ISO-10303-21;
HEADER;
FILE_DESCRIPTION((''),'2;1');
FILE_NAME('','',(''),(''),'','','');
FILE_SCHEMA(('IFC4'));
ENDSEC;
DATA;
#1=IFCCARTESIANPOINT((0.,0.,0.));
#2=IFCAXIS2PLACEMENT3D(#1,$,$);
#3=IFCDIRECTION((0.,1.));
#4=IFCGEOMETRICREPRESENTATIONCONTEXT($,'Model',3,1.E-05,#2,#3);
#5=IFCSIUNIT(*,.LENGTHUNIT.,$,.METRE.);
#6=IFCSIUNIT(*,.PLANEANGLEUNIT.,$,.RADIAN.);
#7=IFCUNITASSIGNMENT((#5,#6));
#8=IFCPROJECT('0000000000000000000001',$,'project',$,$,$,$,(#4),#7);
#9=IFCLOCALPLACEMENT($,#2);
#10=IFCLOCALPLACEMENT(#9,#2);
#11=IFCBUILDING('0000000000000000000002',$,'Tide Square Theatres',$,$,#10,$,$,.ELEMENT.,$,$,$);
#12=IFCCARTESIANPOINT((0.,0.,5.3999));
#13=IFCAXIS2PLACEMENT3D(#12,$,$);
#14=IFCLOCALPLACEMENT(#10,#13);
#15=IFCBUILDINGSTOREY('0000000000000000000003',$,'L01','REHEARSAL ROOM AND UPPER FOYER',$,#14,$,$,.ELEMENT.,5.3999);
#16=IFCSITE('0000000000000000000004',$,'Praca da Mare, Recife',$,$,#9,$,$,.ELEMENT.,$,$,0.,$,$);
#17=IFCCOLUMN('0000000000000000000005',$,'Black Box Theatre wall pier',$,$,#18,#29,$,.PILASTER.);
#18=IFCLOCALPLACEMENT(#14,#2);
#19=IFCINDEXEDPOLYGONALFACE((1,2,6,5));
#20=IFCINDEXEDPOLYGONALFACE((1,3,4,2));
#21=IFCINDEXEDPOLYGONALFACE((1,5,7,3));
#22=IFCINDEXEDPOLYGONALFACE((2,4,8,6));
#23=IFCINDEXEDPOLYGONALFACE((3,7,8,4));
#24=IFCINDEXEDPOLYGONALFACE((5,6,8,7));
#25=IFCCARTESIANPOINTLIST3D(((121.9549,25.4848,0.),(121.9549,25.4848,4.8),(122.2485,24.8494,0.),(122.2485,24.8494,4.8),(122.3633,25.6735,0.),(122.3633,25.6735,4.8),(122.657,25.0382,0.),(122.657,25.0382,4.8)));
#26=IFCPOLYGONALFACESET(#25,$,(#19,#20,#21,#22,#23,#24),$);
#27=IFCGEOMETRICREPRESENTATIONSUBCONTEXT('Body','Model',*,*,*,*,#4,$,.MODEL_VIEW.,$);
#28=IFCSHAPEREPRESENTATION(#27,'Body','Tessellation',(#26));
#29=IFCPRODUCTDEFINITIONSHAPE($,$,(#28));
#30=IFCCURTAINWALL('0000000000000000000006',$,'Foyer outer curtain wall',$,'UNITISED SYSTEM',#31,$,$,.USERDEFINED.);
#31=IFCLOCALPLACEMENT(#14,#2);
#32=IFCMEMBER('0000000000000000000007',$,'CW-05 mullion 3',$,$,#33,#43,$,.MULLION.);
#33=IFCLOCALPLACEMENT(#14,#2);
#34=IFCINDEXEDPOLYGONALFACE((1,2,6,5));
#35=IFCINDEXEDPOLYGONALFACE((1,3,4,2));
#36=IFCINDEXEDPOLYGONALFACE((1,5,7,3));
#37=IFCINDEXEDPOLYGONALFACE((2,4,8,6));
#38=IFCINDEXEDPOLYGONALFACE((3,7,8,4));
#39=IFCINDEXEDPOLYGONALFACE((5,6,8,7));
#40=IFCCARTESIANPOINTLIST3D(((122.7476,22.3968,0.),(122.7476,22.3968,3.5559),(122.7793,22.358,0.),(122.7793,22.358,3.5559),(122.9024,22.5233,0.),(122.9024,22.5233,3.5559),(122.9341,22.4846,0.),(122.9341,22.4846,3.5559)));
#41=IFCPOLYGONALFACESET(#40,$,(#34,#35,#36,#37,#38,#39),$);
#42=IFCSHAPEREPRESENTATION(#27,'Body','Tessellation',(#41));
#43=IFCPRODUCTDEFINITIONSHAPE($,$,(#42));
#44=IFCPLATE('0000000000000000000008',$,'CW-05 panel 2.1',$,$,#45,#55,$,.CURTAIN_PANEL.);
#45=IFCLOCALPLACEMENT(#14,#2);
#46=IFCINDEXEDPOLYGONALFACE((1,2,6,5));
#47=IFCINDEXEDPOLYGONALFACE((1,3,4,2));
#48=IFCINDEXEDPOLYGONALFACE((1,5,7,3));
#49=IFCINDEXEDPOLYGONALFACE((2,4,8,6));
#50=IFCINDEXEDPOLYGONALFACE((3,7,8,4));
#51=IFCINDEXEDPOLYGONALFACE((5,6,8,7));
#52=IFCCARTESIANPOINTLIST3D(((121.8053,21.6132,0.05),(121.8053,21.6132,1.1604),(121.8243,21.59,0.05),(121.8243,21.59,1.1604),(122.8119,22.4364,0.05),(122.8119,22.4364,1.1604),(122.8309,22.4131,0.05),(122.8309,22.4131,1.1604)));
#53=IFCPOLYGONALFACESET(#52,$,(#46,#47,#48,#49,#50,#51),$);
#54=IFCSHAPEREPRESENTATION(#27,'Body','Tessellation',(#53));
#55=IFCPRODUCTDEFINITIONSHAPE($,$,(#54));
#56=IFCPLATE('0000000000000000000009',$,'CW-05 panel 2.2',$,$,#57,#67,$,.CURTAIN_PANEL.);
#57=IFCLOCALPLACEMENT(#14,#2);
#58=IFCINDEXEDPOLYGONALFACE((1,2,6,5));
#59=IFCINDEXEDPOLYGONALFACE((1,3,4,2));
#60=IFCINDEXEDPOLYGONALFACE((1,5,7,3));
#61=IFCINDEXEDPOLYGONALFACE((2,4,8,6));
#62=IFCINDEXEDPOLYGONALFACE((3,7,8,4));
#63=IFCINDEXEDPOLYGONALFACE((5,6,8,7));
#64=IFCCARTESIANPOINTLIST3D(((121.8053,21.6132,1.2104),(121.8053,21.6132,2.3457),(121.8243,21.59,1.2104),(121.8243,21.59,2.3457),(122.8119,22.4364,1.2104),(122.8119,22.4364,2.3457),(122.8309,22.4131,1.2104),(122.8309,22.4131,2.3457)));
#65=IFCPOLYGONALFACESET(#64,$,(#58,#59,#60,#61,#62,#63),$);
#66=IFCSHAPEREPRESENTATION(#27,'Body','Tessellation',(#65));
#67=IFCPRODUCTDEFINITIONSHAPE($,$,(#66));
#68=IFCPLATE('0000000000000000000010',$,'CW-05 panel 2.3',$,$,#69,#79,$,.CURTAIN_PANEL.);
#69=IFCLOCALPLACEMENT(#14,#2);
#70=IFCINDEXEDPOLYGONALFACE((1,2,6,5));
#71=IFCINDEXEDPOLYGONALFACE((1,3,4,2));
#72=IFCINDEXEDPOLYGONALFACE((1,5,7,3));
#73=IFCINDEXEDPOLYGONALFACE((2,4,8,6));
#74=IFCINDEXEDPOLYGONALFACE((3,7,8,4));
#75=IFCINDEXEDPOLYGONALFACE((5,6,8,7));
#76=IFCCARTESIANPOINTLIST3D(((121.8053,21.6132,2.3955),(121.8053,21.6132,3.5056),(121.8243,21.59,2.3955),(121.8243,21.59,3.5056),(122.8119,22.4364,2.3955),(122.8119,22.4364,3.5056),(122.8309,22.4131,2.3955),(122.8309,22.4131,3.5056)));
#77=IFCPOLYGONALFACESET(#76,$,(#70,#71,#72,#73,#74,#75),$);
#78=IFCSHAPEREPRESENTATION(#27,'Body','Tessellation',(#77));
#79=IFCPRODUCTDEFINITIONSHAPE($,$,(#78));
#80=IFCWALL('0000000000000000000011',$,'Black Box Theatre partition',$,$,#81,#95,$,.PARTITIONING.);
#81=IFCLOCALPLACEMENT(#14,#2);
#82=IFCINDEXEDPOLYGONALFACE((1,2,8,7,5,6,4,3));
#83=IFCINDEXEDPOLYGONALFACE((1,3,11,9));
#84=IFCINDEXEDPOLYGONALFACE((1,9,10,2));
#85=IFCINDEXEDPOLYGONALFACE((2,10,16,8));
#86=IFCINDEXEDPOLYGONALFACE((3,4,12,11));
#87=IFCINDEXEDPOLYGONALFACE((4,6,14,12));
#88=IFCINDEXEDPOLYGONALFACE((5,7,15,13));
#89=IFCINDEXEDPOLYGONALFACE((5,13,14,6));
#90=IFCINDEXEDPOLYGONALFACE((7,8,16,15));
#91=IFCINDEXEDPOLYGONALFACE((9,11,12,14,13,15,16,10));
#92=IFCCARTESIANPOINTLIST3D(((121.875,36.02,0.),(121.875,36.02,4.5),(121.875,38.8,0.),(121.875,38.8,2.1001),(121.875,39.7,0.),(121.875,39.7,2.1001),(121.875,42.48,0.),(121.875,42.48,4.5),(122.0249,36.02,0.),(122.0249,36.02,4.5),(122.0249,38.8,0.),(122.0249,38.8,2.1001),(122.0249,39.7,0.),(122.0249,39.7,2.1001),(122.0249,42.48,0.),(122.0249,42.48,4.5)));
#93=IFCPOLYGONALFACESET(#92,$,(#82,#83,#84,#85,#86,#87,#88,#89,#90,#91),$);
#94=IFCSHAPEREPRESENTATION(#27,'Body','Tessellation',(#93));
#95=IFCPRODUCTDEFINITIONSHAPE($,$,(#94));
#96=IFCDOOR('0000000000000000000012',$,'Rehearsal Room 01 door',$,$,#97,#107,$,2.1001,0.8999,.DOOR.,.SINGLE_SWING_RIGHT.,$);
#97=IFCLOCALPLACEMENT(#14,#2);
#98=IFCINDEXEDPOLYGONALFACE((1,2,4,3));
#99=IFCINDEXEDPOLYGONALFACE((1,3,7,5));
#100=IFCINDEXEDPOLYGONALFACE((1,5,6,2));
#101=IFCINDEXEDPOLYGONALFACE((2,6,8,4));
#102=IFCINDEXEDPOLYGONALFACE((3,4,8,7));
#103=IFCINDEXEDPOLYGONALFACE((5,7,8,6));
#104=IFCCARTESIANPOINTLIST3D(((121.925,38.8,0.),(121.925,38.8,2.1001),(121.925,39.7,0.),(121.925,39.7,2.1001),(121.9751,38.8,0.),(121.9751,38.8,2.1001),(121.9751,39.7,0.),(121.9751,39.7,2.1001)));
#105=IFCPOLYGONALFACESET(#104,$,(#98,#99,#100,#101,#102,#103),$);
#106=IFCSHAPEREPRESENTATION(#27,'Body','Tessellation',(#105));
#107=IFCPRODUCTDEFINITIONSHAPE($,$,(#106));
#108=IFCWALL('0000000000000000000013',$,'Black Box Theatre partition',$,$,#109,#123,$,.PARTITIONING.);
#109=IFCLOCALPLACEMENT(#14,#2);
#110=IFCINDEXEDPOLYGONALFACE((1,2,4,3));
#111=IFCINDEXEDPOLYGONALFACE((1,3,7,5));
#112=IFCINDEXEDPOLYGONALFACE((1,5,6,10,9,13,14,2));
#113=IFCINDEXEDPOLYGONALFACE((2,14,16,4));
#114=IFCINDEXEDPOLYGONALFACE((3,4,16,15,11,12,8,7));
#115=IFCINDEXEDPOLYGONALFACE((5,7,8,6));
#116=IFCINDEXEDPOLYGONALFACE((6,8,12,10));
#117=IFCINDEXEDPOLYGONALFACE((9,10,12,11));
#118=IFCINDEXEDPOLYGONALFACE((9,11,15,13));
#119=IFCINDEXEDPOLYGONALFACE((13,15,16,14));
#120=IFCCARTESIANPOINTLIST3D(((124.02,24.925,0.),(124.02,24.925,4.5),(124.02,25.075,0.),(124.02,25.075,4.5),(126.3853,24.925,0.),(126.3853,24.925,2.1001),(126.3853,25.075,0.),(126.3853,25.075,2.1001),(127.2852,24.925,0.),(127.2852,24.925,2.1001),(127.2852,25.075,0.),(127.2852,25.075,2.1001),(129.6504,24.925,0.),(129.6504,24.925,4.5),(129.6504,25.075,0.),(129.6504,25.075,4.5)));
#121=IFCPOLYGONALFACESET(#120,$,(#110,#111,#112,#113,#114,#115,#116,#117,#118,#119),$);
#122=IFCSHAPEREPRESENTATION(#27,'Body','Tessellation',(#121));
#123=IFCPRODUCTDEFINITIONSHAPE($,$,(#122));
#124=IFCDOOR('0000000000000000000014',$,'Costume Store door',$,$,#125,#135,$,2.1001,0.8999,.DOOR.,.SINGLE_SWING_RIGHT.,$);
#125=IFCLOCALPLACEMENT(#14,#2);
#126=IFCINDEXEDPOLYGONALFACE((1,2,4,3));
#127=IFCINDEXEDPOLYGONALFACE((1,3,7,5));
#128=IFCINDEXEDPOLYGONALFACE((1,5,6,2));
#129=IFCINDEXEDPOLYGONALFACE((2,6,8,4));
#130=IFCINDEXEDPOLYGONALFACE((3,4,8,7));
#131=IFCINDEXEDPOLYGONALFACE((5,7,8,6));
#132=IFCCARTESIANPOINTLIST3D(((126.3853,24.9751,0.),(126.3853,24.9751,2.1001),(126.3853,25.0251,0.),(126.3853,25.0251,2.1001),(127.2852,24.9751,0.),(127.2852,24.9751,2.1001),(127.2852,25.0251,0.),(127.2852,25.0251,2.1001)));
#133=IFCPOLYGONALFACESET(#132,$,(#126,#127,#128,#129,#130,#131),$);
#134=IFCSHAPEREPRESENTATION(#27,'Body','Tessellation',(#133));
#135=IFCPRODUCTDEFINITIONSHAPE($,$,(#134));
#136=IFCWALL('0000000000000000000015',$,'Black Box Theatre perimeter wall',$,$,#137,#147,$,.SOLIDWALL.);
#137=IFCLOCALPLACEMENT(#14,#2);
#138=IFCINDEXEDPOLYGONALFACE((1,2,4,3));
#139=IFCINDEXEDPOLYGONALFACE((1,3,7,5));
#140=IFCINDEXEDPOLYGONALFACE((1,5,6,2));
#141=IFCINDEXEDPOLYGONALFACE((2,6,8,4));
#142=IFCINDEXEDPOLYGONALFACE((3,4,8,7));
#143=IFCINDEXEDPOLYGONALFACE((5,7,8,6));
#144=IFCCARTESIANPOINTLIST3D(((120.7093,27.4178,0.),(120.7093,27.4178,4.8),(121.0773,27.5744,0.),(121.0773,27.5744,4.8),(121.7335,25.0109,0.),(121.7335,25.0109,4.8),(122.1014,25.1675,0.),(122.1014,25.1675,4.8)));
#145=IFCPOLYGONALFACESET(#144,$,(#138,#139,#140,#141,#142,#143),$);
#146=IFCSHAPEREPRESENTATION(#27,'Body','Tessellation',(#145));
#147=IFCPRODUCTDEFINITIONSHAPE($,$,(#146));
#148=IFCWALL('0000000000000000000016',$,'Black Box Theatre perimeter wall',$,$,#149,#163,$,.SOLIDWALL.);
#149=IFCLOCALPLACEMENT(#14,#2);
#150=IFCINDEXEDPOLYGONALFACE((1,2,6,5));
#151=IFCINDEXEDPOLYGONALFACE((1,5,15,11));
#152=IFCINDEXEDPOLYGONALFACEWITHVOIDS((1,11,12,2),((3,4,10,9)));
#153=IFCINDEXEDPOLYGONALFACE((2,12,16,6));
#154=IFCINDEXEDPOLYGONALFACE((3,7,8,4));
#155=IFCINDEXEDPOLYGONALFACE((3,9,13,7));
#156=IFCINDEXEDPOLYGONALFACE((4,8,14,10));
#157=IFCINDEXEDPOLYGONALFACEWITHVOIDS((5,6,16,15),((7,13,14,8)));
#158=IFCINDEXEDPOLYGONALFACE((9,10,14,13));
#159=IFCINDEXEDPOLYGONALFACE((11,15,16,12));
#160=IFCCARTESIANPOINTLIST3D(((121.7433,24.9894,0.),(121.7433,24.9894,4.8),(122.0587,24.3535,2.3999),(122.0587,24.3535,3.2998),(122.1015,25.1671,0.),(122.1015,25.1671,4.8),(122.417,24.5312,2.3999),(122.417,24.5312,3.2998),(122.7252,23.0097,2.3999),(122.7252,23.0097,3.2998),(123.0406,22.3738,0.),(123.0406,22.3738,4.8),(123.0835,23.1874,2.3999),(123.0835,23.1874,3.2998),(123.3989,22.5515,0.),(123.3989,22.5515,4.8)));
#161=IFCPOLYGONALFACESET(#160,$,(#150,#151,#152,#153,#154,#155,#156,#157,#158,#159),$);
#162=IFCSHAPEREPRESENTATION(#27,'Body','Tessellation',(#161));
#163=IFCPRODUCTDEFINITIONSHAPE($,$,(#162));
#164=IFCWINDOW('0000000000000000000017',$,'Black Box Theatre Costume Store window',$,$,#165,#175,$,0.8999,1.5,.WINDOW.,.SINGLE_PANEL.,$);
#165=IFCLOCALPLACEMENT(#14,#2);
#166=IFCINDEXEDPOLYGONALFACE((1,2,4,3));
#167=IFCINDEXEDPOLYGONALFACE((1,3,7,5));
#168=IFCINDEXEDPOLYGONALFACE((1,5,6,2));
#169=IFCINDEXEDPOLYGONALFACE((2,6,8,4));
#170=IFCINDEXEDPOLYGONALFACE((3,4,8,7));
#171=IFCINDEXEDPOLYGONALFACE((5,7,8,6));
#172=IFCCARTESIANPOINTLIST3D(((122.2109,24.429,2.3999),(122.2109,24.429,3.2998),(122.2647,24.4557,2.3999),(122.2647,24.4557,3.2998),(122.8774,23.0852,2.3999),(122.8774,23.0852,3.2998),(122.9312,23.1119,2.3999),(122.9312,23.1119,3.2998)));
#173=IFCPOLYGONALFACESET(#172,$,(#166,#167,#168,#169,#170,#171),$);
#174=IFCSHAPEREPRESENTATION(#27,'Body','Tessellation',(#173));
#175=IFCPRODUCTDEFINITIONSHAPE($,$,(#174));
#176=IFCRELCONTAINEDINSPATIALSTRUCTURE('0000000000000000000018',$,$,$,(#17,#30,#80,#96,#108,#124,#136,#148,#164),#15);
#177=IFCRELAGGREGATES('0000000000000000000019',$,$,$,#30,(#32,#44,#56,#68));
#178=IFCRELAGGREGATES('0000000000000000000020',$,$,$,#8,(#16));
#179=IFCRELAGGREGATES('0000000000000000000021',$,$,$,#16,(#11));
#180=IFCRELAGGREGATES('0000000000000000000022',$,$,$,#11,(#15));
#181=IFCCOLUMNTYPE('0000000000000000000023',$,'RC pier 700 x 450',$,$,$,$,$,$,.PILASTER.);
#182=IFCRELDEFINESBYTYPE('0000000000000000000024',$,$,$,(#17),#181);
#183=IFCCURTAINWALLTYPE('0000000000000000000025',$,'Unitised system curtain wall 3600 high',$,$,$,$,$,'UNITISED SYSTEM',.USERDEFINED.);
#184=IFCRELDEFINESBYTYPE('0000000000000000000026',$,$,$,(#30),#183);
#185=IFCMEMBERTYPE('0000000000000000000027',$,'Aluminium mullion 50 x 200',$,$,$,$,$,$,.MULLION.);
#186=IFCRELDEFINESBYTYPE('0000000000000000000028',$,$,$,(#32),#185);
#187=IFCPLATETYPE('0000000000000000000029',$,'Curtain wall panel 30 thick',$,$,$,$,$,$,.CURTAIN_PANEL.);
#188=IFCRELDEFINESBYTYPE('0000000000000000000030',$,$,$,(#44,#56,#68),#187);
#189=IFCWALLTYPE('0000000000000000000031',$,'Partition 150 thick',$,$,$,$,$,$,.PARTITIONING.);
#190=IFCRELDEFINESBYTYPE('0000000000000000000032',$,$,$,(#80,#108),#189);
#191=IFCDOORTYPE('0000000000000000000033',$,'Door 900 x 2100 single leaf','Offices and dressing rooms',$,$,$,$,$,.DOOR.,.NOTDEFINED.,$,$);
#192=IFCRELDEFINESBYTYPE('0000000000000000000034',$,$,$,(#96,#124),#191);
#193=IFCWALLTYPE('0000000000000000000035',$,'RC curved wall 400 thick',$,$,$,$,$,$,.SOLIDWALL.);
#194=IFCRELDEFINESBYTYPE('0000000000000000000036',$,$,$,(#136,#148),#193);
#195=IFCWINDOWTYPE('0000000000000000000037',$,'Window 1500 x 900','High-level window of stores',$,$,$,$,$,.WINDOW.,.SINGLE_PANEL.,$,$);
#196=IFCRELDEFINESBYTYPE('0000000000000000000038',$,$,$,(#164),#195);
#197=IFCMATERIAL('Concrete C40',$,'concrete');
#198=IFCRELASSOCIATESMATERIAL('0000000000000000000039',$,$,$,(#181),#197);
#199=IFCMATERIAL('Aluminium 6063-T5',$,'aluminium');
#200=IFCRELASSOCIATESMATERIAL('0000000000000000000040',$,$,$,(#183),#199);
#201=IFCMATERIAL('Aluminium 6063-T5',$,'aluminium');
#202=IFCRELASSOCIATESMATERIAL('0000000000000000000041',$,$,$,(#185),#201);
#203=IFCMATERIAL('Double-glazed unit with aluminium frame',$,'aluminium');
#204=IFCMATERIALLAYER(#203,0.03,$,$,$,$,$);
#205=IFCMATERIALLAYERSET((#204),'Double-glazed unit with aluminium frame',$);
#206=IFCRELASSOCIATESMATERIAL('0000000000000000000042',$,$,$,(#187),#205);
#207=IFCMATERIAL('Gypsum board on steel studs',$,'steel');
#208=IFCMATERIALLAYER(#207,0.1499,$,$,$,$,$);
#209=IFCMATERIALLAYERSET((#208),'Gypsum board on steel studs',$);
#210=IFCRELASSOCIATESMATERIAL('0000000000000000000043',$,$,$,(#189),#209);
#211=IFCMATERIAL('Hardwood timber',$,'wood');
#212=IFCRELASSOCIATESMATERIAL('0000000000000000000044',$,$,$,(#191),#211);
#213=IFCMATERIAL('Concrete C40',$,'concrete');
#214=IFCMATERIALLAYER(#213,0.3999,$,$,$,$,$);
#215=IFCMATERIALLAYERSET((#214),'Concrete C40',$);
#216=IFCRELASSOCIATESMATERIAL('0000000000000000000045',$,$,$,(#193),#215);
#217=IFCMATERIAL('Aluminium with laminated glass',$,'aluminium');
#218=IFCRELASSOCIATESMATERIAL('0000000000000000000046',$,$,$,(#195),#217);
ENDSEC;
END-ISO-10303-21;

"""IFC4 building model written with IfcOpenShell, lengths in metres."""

from ifc_helpers import new_model, si_unit, direction, frame, frame_2d, origin, origin_2d, place, context, subcontext, project, spatial, rectangle, extrude, material, layer, layer_set, material_profile, profile_set, type_object, element, fill, aggregate, save


model = new_model("IFC4")

# Units and contexts
model_context = context("Model", 3, precision=1e-05, world=origin(), true_north=direction((0.0, 1.0)))
body_context = subcontext(model_context, "Body", "Model", "MODEL_VIEW")
ifc_project = project(units=[si_unit("LENGTHUNIT", "METRE"), si_unit("PLANEANGLEUNIT", "RADIAN")], contexts=[model_context])

# Site, building, storey
site_placement = place(None, origin())
site = spatial("IfcSite", under=ifc_project, at=site_placement, Name="Praca da Mare, Recife", CompositionType="ELEMENT", RefElevation=0.0)
building_placement = place(site_placement, origin())
building = spatial("IfcBuilding", under=site, at=building_placement, Name="Tide Square Theatres", CompositionType="ELEMENT")
storey_placement = place(building_placement, frame((0.0, 0.0, 5.3999)))
storey = spatial("IfcBuildingStorey", under=building, at=storey_placement, Name="L01", Description="REHEARSAL ROOM AND UPPER FOYER", CompositionType="ELEMENT", Elevation=5.3999)

# Column
ifc_material_1 = material(Name="Concrete C40", Category="concrete")
ifc_material_profile_1 = material_profile(ifc_material_1, rectangle(XDim=0.7, YDim=0.45, at=origin_2d()))
ifc_profile_set_1 = profile_set([ifc_material_profile_1], Name="Concrete C40")
column_type = type_object("IfcColumnType", Name="RC pier 700 x 450", PredefinedType="PILASTER", material=ifc_profile_set_1)
column_placement = place(storey_placement, frame((122.3059, 25.2615, 0.0), z_axis=(0.0, 0.0, 1.0), x_axis=(0.41956, -0.907728, 0.0)))
element("IfcColumn", 1, at=column_placement, inside=storey, type_object=column_type, Name="Black Box Theatre wall pier", PredefinedType="PILASTER", context=body_context, shape_type="SweptSolid", body=[
    extrude(rectangle(XDim=0.7, YDim=0.45, at=origin_2d()), origin(), (0.0, 0.0, 1.0), 4.8),
])

# Curtain wall, member, plates
ifc_material_2 = material(Name="Aluminium 6063-T5", Category="aluminium")
curtain_wall_type = type_object("IfcCurtainWallType", Name="Unitised system curtain wall 3600 high", ElementType="UNITISED SYSTEM", PredefinedType="USERDEFINED", material=ifc_material_2)
curtain_wall_placement = place(storey_placement, origin())
curtain_wall = element("IfcCurtainWall", 2, at=curtain_wall_placement, inside=storey, type_object=curtain_wall_type, Name="Foyer outer curtain wall", ObjectType="UNITISED SYSTEM", PredefinedType="USERDEFINED")
ifc_material_3 = material(Name="Aluminium 6063-T5", Category="aluminium")
ifc_material_profile_2 = material_profile(ifc_material_3, rectangle(XDim=0.05, YDim=0.2, at=origin_2d()))
ifc_profile_set_2 = profile_set([ifc_material_profile_2], Name="Aluminium 6063-T5")
member_type = type_object("IfcMemberType", Name="Aluminium mullion 50 x 200", PredefinedType="MULLION", material=ifc_profile_set_2)
member_placement = place(storey_placement, frame((122.8408, 22.4407, 0.0), z_axis=(0.0, 0.0, 1.0), x_axis=(-0.633026, 0.774131, 0.0)))
member = element("IfcMember", 3, at=member_placement, type_object=member_type, Name="CW-05 mullion 3", PredefinedType="MULLION", context=body_context, shape_type="SweptSolid", body=[
    extrude(rectangle(XDim=0.05, YDim=0.2, at=origin_2d()), origin(), (0.0, 0.0, 1.0), 3.5559),
])
ifc_material_4 = material(Name="Double-glazed unit with aluminium frame", Category="aluminium")
ifc_layer_1 = layer(ifc_material_4, 0.03)
ifc_layer_set_1 = layer_set([ifc_layer_1], Name="Double-glazed unit with aluminium frame")
plate_type = type_object("IfcPlateType", Name="Curtain wall panel 30 thick", PredefinedType="CURTAIN_PANEL", material=ifc_layer_set_1)
plate_1_placement = place(storey_placement, frame((122.3181, 22.0132, 0.05), z_axis=(0.0, 0.0, 1.0), x_axis=(0.774131, 0.633026, 0.0)))
plate_1 = element("IfcPlate", 4, at=plate_1_placement, type_object=plate_type, Name="CW-05 panel 2.1", PredefinedType="CURTAIN_PANEL", context=body_context, shape_type="SweptSolid", body=[
    extrude(rectangle(XDim=1.3003, YDim=0.03, at=origin_2d()), origin(), (0.0, 0.0, 1.0), 1.1104),
])
plate_2_placement = place(storey_placement, frame((122.3181, 22.0132, 1.2104), z_axis=(0.0, 0.0, 1.0), x_axis=(0.774131, 0.633026, 0.0)))
plate_2 = element("IfcPlate", 5, at=plate_2_placement, type_object=plate_type, Name="CW-05 panel 2.2", PredefinedType="CURTAIN_PANEL", context=body_context, shape_type="SweptSolid", body=[
    extrude(rectangle(XDim=1.3003, YDim=0.03, at=origin_2d()), origin(), (0.0, 0.0, 1.0), 1.1353),
])
plate_3_placement = place(storey_placement, frame((122.3181, 22.0132, 2.3955), z_axis=(0.0, 0.0, 1.0), x_axis=(0.774131, 0.633026, 0.0)))
plate_3 = element("IfcPlate", 6, at=plate_3_placement, type_object=plate_type, Name="CW-05 panel 2.3", PredefinedType="CURTAIN_PANEL", context=body_context, shape_type="SweptSolid", body=[
    extrude(rectangle(XDim=1.3003, YDim=0.03, at=origin_2d()), origin(), (0.0, 0.0, 1.0), 1.1101),
])
aggregate(curtain_wall, [member, plate_1, plate_2, plate_3])

# Walls, openings, doors
ifc_material_5 = material(Name="Gypsum board on steel studs", Category="steel")
ifc_layer_2 = layer(ifc_material_5, 0.1499)
ifc_layer_set_2 = layer_set([ifc_layer_2], Name="Gypsum board on steel studs")
wall_type_1 = type_object("IfcWallType", Name="Partition 150 thick", PredefinedType="PARTITIONING", material=ifc_layer_set_2)
wall_1_placement = place(storey_placement, frame((121.95, 36.02, 0.0), z_axis=(0.0, 0.0, 1.0), x_axis=(0.0, 1.0, 0.0)))
wall_1 = element("IfcWall", 7, at=wall_1_placement, inside=storey, type_object=wall_type_1, Name="Black Box Theatre partition", PredefinedType="PARTITIONING", context=body_context, shape_type="SweptSolid", body=[
    extrude(rectangle(XDim=6.46, YDim=0.1499, at=frame_2d((3.23, 0.0))), origin(), (0.0, 0.0, 1.0), 4.5),
])
opening_1_placement = place(wall_1_placement, frame((2.78, 0.0, 0.0)))
opening_1 = element("IfcOpeningElement", 8, at=opening_1_placement, cuts=wall_1, PredefinedType="OPENING", context=body_context, shape_type="SweptSolid", body=[
    extrude(rectangle(XDim=0.8999, YDim=2.1001, at=frame_2d((0.45, 1.05))), frame((0.0, 0.085, 0.0), z_axis=(0.0, -1.0, 0.0), x_axis=(1.0, 0.0, 0.0)), (0.0, 0.0, 1.0), 0.1699),
])
ifc_material_6 = material(Name="Hardwood timber", Category="wood")
door_type_1 = type_object("IfcDoorType", Name="Door 900 x 2100 single leaf", Description="Offices and dressing rooms", OperationType="NOTDEFINED", PredefinedType="DOOR", material=ifc_material_6)
door_1_placement = place(opening_1_placement, origin())
door_1 = element("IfcDoor", 9, at=door_1_placement, inside=storey, type_object=door_type_1, Name="Rehearsal Room 01 door", OperationType="SINGLE_SWING_RIGHT", OverallHeight=2.1001, OverallWidth=0.8999, PredefinedType="DOOR", context=body_context, shape_type="SweptSolid", body=[
    extrude(rectangle(XDim=0.8999, YDim=2.1001, at=frame_2d((0.45, 1.05))), frame((0.0, 0.0249, 0.0), z_axis=(0.0, -1.0, 0.0), x_axis=(1.0, 0.0, 0.0)), (0.0, 0.0, 1.0), 0.05),
])
fill(opening_1, door_1)
wall_2_placement = place(storey_placement, frame((129.6504, 25.0, 0.0), z_axis=(0.0, 0.0, 1.0), x_axis=(-1.0, 0.0, 0.0)))
wall_2 = element("IfcWall", 10, at=wall_2_placement, inside=storey, type_object=wall_type_1, Name="Black Box Theatre partition", PredefinedType="PARTITIONING", context=body_context, shape_type="SweptSolid", body=[
    extrude(rectangle(XDim=5.6304, YDim=0.1499, at=frame_2d((2.8152, 0.0))), origin(), (0.0, 0.0, 1.0), 4.5),
])
opening_2_placement = place(wall_2_placement, frame((2.3652, 0.0, 0.0)))
opening_2 = element("IfcOpeningElement", 11, at=opening_2_placement, cuts=wall_2, PredefinedType="OPENING", context=body_context, shape_type="SweptSolid", body=[
    extrude(rectangle(XDim=0.8999, YDim=2.1001, at=frame_2d((0.45, 1.05))), frame((0.0, 0.085, 0.0), z_axis=(0.0, -1.0, 0.0), x_axis=(1.0, 0.0, 0.0)), (0.0, 0.0, 1.0), 0.1699),
])
door_2_placement = place(opening_2_placement, origin())
door_2 = element("IfcDoor", 12, at=door_2_placement, inside=storey, type_object=door_type_1, Name="Costume Store door", OperationType="SINGLE_SWING_RIGHT", OverallHeight=2.1001, OverallWidth=0.8999, PredefinedType="DOOR", context=body_context, shape_type="SweptSolid", body=[
    extrude(rectangle(XDim=0.8999, YDim=2.1001, at=frame_2d((0.45, 1.05))), frame((0.0, 0.0249, 0.0), z_axis=(0.0, -1.0, 0.0), x_axis=(1.0, 0.0, 0.0)), (0.0, 0.0, 1.0), 0.05),
])
fill(opening_2, door_2)

# Wall
ifc_material_7 = material(Name="Concrete C40", Category="concrete")
ifc_layer_3 = layer(ifc_material_7, 0.3999)
ifc_layer_set_3 = layer_set([ifc_layer_3], Name="Concrete C40")
wall_type_2 = type_object("IfcWallType", Name="RC curved wall 400 thick", PredefinedType="SOLIDWALL", material=ifc_layer_set_3)
wall_3_placement = place(storey_placement, frame((120.8933, 27.4961, 0.0), z_axis=(0.0, 0.0, 1.0), x_axis=(0.39153, -0.920165, 0.0)))
element("IfcWall", 13, at=wall_3_placement, inside=storey, type_object=wall_type_2, Name="Black Box Theatre perimeter wall", PredefinedType="SOLIDWALL", context=body_context, shape_type="SweptSolid", body=[
    extrude(rectangle(XDim=2.6157, YDim=0.3999, at=frame_2d((1.3079, 0.0))), origin(), (0.0, 0.0, 1.0), 4.8),
])

# Wall, opening, window
wall_4_placement = place(storey_placement, frame((121.9224, 25.0784, 0.0), z_axis=(0.0, 0.0, 1.0), x_axis=(0.444335, -0.895861, 0.0)))
wall_4 = element("IfcWall", 14, at=wall_4_placement, inside=storey, type_object=wall_type_2, Name="Black Box Theatre perimeter wall", PredefinedType="SOLIDWALL", context=body_context, shape_type="SweptSolid", body=[
    extrude(rectangle(XDim=2.9197, YDim=0.3999, at=frame_2d((1.46, 0.0))), origin(), (0.0, 0.0, 1.0), 4.8),
])
opening_3_placement = place(wall_4_placement, frame((0.71, 0.0, 2.3999)))
opening_3 = element("IfcOpeningElement", 15, at=opening_3_placement, cuts=wall_4, PredefinedType="OPENING", context=body_context, shape_type="SweptSolid", body=[
    extrude(rectangle(XDim=1.5, YDim=0.8999, at=frame_2d((0.75, 0.45))), frame((0.0, 0.21, 0.0), z_axis=(0.0, -1.0, 0.0), x_axis=(1.0, 0.0, 0.0)), (0.0, 0.0, 1.0), 0.4199),
])
ifc_material_8 = material(Name="Aluminium with laminated glass", Category="aluminium")
window_type = type_object("IfcWindowType", Name="Window 1500 x 900", Description="High-level window of stores", PartitioningType="SINGLE_PANEL", PredefinedType="WINDOW", material=ifc_material_8)
window_1_placement = place(opening_3_placement, origin())
window_1 = element("IfcWindow", 16, at=window_1_placement, inside=storey, type_object=window_type, Name="Black Box Theatre Costume Store window", OverallHeight=0.8999, OverallWidth=1.5, PartitioningType="SINGLE_PANEL", PredefinedType="WINDOW", context=body_context, shape_type="SweptSolid", body=[
    extrude(rectangle(XDim=1.5, YDim=0.8999, at=frame_2d((0.75, 0.45))), frame((0.0, 0.03, 0.0), z_axis=(0.0, -1.0, 0.0), x_axis=(1.0, 0.0, 0.0)), (0.0, 0.0, 1.0), 0.0601),
])
fill(opening_3, window_1)

save(model, "model.ifc")
